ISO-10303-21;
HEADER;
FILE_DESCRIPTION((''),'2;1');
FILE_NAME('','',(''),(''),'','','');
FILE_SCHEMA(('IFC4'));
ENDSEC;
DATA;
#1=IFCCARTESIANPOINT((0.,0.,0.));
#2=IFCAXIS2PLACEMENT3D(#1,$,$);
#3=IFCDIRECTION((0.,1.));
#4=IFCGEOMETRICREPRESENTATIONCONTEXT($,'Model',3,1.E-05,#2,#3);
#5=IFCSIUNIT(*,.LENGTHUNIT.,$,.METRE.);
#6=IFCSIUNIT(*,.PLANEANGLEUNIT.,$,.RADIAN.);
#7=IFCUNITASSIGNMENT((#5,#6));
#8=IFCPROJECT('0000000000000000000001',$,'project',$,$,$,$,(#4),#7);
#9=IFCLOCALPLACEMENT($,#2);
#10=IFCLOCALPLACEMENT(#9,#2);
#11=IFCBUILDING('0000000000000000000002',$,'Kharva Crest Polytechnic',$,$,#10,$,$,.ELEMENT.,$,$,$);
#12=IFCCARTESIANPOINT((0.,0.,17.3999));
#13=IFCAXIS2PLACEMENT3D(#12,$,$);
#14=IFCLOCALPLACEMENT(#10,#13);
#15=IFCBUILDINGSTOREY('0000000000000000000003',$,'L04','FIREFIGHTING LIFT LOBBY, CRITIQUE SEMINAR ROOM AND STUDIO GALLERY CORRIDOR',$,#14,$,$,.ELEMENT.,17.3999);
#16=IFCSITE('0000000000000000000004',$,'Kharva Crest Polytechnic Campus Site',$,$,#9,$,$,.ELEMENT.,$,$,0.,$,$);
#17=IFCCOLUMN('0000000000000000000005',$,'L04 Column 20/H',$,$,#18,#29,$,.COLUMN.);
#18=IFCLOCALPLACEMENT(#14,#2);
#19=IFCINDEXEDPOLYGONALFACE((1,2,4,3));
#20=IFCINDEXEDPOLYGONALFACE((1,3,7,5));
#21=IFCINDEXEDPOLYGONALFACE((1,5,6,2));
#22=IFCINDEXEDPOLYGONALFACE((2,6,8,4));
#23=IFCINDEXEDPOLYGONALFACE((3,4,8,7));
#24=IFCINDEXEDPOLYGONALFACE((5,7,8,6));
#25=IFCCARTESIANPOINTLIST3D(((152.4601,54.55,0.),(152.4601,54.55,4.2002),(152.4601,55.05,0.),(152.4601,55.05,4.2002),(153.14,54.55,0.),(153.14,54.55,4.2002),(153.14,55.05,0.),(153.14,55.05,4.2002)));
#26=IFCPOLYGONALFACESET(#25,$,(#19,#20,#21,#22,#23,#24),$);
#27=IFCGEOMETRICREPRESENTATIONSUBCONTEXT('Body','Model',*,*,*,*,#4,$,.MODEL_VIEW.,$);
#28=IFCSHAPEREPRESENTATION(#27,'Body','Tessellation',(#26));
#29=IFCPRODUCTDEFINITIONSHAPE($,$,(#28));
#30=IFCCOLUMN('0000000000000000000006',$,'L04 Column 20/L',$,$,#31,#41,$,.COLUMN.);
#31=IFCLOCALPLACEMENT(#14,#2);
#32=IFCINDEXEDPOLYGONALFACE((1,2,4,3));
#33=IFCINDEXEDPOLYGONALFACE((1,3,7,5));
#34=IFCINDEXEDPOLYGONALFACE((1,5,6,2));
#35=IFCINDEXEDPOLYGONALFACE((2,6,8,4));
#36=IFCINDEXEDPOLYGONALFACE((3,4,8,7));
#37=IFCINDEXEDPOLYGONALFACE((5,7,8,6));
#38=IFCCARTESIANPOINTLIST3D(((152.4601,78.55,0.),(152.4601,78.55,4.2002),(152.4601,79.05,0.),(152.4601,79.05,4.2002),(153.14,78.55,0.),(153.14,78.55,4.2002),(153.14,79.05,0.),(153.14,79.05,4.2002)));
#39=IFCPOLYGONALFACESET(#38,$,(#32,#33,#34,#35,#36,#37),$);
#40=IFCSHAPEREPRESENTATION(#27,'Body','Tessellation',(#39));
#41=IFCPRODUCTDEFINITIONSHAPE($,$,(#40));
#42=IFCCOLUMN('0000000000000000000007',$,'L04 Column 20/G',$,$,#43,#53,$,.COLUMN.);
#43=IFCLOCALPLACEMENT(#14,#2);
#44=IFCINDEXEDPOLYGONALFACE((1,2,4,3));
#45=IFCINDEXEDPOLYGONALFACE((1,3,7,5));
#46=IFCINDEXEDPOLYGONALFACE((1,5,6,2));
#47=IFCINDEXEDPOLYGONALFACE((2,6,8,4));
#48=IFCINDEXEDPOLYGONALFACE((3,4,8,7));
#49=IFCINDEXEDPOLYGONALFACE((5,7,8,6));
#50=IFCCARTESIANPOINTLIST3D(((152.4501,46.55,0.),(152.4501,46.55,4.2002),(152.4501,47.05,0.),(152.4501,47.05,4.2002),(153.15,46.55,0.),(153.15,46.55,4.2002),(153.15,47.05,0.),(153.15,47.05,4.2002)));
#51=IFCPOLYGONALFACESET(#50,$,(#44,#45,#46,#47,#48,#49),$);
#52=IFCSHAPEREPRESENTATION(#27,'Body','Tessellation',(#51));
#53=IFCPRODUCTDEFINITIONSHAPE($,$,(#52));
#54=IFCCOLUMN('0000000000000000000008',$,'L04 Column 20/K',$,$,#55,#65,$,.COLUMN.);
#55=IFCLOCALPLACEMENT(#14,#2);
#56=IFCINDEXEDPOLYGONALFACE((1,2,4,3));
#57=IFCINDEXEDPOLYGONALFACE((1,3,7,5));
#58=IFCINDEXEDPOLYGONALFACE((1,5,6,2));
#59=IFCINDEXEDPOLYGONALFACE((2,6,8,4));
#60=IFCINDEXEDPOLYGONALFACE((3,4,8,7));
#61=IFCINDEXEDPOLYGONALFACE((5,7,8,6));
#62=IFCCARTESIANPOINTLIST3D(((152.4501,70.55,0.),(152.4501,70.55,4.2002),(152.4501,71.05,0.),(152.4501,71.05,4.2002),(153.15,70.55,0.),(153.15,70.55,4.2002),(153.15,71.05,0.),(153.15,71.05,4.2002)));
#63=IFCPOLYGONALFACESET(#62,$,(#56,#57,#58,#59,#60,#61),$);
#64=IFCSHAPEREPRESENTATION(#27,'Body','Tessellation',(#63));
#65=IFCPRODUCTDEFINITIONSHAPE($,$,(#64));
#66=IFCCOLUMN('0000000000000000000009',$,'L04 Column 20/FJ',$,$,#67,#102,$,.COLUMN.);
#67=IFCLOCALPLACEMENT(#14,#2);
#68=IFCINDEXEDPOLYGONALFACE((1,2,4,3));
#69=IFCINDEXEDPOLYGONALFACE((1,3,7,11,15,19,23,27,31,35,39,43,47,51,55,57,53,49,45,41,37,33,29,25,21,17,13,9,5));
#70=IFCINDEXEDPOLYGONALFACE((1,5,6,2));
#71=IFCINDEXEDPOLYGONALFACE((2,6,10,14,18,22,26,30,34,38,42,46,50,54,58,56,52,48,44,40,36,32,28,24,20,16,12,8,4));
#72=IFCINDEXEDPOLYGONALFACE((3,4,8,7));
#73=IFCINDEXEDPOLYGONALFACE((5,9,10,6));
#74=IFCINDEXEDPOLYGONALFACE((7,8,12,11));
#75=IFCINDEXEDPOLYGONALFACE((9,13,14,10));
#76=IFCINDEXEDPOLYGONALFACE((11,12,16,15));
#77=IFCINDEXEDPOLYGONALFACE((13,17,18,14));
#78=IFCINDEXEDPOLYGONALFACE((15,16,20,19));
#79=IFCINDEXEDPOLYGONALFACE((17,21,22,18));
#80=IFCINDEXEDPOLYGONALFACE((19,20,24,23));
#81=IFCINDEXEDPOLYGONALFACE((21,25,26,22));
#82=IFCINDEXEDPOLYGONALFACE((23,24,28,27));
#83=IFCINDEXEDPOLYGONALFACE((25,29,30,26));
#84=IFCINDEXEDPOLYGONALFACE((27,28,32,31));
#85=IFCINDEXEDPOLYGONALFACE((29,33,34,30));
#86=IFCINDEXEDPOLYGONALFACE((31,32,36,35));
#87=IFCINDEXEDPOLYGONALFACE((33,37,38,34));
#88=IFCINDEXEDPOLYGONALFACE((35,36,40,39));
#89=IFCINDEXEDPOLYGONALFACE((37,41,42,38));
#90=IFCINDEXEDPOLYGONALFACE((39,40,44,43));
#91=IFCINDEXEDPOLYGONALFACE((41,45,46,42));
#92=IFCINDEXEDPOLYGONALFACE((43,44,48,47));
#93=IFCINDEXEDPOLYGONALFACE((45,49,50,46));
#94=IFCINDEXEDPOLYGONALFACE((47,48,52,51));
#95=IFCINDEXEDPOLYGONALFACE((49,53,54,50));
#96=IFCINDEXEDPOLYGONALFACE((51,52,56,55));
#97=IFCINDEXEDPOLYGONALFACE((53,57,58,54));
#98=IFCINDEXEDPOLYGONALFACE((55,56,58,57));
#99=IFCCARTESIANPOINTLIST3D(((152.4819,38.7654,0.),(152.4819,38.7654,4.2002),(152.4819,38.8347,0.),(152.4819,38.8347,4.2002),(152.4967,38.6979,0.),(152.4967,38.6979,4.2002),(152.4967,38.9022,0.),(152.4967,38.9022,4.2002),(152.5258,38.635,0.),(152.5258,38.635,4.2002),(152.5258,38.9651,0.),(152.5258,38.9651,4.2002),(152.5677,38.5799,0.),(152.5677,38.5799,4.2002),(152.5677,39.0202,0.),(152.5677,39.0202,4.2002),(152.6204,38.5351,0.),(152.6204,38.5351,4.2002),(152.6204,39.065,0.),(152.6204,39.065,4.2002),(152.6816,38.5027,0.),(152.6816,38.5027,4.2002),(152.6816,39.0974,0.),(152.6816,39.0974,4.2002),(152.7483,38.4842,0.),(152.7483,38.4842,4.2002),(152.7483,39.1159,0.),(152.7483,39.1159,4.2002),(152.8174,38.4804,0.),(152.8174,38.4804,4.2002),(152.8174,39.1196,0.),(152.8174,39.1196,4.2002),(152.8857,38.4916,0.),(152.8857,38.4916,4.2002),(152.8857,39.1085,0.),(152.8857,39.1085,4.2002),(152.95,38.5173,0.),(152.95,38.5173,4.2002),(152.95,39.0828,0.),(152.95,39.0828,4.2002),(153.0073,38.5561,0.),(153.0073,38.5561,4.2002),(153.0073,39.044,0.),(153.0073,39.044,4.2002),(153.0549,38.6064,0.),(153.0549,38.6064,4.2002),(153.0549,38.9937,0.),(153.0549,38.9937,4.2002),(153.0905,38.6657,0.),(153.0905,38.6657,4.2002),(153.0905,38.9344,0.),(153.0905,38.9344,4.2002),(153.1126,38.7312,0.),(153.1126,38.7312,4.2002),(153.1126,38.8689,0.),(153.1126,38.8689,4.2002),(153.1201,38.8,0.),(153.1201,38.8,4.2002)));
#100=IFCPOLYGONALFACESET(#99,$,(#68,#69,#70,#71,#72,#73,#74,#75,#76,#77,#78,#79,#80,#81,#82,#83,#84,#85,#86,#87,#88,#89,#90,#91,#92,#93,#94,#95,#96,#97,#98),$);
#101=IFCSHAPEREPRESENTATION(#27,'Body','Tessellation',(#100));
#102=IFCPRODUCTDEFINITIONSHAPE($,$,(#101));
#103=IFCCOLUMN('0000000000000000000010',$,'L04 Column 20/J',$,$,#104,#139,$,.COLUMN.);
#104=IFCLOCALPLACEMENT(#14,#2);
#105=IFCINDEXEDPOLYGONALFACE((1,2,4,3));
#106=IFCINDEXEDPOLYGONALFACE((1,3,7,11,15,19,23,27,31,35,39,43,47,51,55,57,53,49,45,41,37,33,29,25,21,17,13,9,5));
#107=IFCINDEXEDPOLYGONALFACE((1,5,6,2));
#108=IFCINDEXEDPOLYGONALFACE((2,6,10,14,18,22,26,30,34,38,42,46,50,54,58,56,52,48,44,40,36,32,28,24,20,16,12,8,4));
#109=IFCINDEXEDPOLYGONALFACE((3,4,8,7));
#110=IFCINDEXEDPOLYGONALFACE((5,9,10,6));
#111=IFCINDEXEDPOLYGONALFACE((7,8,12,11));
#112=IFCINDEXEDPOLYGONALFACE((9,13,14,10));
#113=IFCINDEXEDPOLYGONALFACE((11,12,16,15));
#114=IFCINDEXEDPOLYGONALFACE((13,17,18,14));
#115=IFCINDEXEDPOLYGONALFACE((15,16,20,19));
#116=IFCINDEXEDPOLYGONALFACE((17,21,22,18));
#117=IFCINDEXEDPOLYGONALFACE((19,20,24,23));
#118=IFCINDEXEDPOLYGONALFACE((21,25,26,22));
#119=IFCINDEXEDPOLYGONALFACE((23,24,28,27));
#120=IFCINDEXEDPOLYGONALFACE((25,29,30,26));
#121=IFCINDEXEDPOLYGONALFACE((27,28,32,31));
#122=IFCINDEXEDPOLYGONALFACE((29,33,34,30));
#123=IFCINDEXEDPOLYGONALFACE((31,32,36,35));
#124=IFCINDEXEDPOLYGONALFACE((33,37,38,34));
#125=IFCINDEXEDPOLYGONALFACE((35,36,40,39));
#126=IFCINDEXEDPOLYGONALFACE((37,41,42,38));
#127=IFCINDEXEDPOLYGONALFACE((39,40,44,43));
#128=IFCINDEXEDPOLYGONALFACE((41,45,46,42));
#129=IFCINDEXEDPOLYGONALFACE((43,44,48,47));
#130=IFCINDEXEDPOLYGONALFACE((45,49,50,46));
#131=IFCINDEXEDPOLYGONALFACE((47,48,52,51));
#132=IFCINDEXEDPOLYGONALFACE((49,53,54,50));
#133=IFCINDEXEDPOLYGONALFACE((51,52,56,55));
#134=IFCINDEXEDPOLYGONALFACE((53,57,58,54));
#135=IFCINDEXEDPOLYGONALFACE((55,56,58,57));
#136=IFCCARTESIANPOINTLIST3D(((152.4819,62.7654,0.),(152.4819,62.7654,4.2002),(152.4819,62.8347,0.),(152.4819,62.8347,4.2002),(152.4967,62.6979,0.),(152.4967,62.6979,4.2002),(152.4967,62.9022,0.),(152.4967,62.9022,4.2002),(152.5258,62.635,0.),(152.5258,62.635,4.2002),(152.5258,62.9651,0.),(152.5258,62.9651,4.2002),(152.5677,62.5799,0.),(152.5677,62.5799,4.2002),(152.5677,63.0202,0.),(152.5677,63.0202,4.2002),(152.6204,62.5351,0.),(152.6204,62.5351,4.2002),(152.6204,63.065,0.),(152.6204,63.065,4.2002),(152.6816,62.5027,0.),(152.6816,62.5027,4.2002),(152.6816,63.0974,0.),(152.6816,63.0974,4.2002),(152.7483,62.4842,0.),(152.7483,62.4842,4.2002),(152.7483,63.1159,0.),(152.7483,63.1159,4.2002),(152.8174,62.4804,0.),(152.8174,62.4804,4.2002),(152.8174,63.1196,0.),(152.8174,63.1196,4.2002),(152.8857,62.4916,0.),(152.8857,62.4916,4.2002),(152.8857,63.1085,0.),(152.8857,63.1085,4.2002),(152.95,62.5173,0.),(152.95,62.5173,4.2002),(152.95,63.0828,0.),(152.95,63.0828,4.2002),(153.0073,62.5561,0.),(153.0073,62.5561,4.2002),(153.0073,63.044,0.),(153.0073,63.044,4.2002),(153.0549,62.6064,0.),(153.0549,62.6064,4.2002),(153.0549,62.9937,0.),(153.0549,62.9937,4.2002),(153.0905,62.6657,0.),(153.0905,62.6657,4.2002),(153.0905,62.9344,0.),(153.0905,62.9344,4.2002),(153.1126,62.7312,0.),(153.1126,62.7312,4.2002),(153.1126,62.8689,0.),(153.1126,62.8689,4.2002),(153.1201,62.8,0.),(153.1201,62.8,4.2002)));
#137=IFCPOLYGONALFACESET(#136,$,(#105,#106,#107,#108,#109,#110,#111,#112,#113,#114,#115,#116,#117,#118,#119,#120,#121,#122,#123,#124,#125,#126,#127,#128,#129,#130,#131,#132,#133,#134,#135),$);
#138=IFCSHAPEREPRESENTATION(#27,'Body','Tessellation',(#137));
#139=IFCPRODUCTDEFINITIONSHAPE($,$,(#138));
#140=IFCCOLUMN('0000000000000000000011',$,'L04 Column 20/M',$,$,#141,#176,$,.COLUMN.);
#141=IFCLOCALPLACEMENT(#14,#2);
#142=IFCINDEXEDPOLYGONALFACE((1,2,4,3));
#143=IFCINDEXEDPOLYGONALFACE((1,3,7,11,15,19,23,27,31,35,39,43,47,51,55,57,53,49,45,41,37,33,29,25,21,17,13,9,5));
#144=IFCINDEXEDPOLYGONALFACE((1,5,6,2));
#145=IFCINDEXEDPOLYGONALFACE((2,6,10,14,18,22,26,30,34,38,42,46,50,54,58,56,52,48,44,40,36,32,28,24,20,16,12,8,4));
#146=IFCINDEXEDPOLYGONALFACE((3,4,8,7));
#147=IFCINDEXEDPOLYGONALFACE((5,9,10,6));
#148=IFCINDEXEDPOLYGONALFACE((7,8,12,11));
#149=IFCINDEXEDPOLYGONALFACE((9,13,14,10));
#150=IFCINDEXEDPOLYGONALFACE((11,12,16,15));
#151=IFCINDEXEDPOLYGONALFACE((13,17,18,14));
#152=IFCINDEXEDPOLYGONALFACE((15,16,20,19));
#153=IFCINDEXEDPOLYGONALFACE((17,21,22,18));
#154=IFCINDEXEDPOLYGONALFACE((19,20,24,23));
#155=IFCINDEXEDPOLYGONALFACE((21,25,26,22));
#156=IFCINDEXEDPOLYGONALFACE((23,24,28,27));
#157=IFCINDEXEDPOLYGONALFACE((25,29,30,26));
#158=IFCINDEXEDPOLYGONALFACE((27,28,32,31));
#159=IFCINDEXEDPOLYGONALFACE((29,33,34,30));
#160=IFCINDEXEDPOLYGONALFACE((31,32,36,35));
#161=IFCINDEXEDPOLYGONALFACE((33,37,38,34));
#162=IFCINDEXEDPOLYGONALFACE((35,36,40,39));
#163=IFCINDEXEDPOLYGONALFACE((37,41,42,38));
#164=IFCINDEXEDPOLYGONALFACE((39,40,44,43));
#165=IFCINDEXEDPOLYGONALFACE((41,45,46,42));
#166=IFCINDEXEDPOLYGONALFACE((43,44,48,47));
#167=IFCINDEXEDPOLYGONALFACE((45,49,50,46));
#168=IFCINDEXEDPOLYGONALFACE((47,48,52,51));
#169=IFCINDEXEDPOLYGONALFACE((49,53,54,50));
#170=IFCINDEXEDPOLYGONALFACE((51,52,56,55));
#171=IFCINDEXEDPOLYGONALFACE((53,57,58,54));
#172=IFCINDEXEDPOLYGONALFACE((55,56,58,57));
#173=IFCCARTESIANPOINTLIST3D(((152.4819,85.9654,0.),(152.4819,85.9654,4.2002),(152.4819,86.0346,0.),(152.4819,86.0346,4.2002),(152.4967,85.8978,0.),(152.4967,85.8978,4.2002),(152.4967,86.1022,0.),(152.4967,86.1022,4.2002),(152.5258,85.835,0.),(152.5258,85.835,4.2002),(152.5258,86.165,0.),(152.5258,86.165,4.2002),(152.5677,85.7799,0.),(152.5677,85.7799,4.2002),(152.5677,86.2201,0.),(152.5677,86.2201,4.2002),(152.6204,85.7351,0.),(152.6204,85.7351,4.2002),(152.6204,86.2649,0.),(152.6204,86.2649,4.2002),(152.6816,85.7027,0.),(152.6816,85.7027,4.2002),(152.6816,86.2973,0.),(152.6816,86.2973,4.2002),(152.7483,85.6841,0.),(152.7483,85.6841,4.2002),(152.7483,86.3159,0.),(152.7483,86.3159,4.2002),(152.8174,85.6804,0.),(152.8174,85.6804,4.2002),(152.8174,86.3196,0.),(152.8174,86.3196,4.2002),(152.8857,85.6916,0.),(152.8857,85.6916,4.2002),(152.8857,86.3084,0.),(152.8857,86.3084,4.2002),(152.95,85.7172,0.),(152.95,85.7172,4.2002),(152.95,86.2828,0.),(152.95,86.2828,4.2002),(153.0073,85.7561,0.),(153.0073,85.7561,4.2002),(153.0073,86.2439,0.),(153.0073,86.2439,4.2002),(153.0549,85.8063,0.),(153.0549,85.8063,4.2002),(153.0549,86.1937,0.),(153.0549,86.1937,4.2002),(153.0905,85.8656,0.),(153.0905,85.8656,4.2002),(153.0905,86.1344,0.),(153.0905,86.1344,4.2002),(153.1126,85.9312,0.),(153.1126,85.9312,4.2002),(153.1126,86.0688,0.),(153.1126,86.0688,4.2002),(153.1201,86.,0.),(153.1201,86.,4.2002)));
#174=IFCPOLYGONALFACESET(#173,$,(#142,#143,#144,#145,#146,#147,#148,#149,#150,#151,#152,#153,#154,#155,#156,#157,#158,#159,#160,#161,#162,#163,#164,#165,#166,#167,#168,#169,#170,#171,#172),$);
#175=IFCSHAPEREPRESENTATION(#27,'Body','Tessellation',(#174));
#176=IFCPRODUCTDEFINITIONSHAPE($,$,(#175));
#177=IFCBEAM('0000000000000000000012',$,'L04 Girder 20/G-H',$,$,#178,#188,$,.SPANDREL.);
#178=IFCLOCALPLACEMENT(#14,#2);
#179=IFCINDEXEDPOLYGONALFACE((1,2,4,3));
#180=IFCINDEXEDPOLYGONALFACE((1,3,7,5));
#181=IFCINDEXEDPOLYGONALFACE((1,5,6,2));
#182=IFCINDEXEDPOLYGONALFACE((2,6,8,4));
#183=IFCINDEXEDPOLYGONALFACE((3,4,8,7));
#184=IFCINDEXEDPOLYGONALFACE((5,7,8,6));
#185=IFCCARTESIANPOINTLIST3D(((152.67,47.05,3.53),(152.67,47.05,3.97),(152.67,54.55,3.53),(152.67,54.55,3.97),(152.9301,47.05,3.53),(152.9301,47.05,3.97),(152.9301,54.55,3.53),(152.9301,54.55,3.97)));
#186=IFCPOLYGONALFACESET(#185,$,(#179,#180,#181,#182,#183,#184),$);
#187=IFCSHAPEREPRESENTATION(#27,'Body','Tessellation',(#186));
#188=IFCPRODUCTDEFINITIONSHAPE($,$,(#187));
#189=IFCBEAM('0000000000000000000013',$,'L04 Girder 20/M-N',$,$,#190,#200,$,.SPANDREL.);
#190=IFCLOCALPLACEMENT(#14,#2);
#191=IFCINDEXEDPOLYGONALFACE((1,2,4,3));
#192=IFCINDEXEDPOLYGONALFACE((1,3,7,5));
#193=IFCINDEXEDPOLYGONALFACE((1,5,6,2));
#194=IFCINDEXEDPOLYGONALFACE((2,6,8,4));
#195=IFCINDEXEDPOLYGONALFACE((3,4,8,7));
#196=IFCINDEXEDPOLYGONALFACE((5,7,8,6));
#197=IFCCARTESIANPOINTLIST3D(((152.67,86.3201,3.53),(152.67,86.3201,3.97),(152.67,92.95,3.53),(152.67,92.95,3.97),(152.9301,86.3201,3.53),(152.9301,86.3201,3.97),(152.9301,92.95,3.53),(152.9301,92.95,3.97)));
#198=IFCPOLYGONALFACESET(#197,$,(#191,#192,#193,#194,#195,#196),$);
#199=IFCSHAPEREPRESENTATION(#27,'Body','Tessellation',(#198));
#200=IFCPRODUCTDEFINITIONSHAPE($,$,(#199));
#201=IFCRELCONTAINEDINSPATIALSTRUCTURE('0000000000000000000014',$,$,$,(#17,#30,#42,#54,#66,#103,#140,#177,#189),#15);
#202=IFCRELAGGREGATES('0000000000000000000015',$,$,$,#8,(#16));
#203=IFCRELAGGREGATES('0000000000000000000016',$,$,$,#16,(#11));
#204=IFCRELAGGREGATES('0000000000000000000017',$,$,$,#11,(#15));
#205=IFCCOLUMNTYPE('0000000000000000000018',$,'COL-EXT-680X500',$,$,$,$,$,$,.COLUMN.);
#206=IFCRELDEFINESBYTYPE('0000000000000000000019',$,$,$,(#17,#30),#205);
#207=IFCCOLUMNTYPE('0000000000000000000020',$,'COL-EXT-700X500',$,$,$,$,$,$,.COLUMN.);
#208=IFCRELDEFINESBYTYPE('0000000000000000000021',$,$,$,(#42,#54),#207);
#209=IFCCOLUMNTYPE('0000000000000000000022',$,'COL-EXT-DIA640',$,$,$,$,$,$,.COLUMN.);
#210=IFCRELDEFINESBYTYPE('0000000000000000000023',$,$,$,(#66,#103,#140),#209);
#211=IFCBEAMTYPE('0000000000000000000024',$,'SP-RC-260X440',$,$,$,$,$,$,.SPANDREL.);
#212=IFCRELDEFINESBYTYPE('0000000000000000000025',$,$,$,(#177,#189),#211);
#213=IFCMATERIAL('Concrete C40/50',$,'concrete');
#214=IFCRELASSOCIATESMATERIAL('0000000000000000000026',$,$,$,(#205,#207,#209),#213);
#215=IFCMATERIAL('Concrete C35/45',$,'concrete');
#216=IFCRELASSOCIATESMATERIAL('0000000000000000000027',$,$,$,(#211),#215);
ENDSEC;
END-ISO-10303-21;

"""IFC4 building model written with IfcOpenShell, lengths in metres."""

from ifc_helpers import new_model, si_unit, direction, frame, origin, origin_2d, place, context, subcontext, project, spatial, rectangle, circle, extrude, material, material_profile, profile_set, type_object, element, save


model = new_model("IFC4")

# Units and contexts
model_context = context("Model", 3, precision=1e-05, world=origin(), true_north=direction((0.0, 1.0)))
body_context = subcontext(model_context, "Body", "Model", "MODEL_VIEW")
ifc_project = project(units=[si_unit("LENGTHUNIT", "METRE"), si_unit("PLANEANGLEUNIT", "RADIAN")], contexts=[model_context])

# Site, building, storey
site_placement = place(None, origin())
site = spatial("IfcSite", under=ifc_project, at=site_placement, Name="Kharva Crest Polytechnic Campus Site", CompositionType="ELEMENT", RefElevation=0.0)
building_placement = place(site_placement, origin())
building = spatial("IfcBuilding", under=site, at=building_placement, Name="Kharva Crest Polytechnic", CompositionType="ELEMENT")
storey_placement = place(building_placement, frame((0.0, 0.0, 17.3999)))
storey = spatial("IfcBuildingStorey", under=building, at=storey_placement, Name="L04", Description="FIREFIGHTING LIFT LOBBY, CRITIQUE SEMINAR ROOM AND STUDIO GALLERY CORRIDOR", CompositionType="ELEMENT", Elevation=17.3999)

# Columns
ifc_material_1 = material(Name="Concrete C40/50", Category="concrete")
ifc_material_profile_1 = material_profile(ifc_material_1, rectangle(XDim=0.6799, YDim=0.5, at=origin_2d()), Name="RECT 680 X 500")
ifc_profile_set_1 = profile_set([ifc_material_profile_1], Name="Concrete C40/50")
column_type_1 = type_object("IfcColumnType", Name="COL-EXT-680X500", PredefinedType="COLUMN", material=ifc_profile_set_1)
for number, where, z_axis, x_axis, name in (
    (1, (152.8, 54.8, 0.0), (0.0, 0.0, 1.0), (1.0, 0.0, 0.0), "L04 Column 20/H"),
    (2, (152.8, 78.8, 0.0), (0.0, 0.0, 1.0), (1.0, 0.0, 0.0), "L04 Column 20/L"),
):
    element("IfcColumn", number, at=place(storey_placement, frame(where, z_axis=z_axis, x_axis=x_axis)), inside=storey, type_object=column_type_1, Name=name, PredefinedType="COLUMN", context=body_context, shape_type="SweptSolid", body=[
        extrude(rectangle(XDim=0.6799, YDim=0.5, at=origin_2d()), origin(), (0.0, 0.0, 1.0), 4.2002),
    ])
ifc_material_profile_2 = material_profile(ifc_material_1, rectangle(XDim=0.7, YDim=0.5, at=origin_2d()), Name="RECT 700 X 500")
ifc_profile_set_2 = profile_set([ifc_material_profile_2], Name="Concrete C40/50")
column_type_2 = type_object("IfcColumnType", Name="COL-EXT-700X500", PredefinedType="COLUMN", material=ifc_profile_set_2)
for number, where, z_axis, x_axis, name in (
    (3, (152.8, 46.8, 0.0), (0.0, 0.0, 1.0), (1.0, 0.0, 0.0), "L04 Column 20/G"),
    (4, (152.8, 70.8, 0.0), (0.0, 0.0, 1.0), (1.0, 0.0, 0.0), "L04 Column 20/K"),
):
    element("IfcColumn", number, at=place(storey_placement, frame(where, z_axis=z_axis, x_axis=x_axis)), inside=storey, type_object=column_type_2, Name=name, PredefinedType="COLUMN", context=body_context, shape_type="SweptSolid", body=[
        extrude(rectangle(XDim=0.7, YDim=0.5, at=origin_2d()), origin(), (0.0, 0.0, 1.0), 4.2002),
    ])
ifc_material_profile_3 = material_profile(ifc_material_1, circle(Radius=0.3201, at=origin_2d()), Name="DIA 640")
ifc_profile_set_3 = profile_set([ifc_material_profile_3], Name="Concrete C40/50")
column_type_3 = type_object("IfcColumnType", Name="COL-EXT-DIA640", PredefinedType="COLUMN", material=ifc_profile_set_3)
for number, where, z_axis, x_axis, name in (
    (5, (152.8, 38.8, 0.0), (0.0, 0.0, 1.0), (1.0, 0.0, 0.0), "L04 Column 20/FJ"),
    (6, (152.8, 62.8, 0.0), (0.0, 0.0, 1.0), (1.0, 0.0, 0.0), "L04 Column 20/J"),
    (7, (152.8, 86.0, 0.0), (0.0, 0.0, 1.0), (1.0, 0.0, 0.0), "L04 Column 20/M"),
):
    element("IfcColumn", number, at=place(storey_placement, frame(where, z_axis=z_axis, x_axis=x_axis)), inside=storey, type_object=column_type_3, Name=name, PredefinedType="COLUMN", context=body_context, shape_type="SweptSolid", body=[
        extrude(circle(Radius=0.3201, at=origin_2d()), origin(), (0.0, 0.0, 1.0), 4.2002),
    ])

# Beams
ifc_material_2 = material(Name="Concrete C35/45", Category="concrete")
ifc_material_profile_4 = material_profile(ifc_material_2, rectangle(XDim=0.26, YDim=0.4399, at=origin_2d()), Name="RECT 260 X 440")
ifc_profile_set_4 = profile_set([ifc_material_profile_4], Name="Concrete C35/45")
beam_type_1 = type_object("IfcBeamType", Name="SP-RC-260X440", PredefinedType="SPANDREL", material=ifc_profile_set_4)
beam_1_placement = place(storey_placement, frame((152.8, 47.05, 3.75), z_axis=(0.0, 1.0, 0.0), x_axis=(-1.0, 0.0, 0.0)))
element("IfcBeam", 8, at=beam_1_placement, inside=storey, type_object=beam_type_1, Name="L04 Girder 20/G-H", PredefinedType="SPANDREL", context=body_context, shape_type="SweptSolid", body=[
    extrude(rectangle(XDim=0.26, YDim=0.4399, at=origin_2d()), origin(), (0.0, 0.0, 1.0), 7.5),
])
beam_2_placement = place(storey_placement, frame((152.8, 86.3201, 3.75), z_axis=(0.0, 1.0, 0.0), x_axis=(-1.0, 0.0, 0.0)))
element("IfcBeam", 9, at=beam_2_placement, inside=storey, type_object=beam_type_1, Name="L04 Girder 20/M-N", PredefinedType="SPANDREL", context=body_context, shape_type="SweptSolid", body=[
    extrude(rectangle(XDim=0.26, YDim=0.4399, at=origin_2d()), origin(), (0.0, 0.0, 1.0), 6.6299),
])

save(model, "model.ifc")
